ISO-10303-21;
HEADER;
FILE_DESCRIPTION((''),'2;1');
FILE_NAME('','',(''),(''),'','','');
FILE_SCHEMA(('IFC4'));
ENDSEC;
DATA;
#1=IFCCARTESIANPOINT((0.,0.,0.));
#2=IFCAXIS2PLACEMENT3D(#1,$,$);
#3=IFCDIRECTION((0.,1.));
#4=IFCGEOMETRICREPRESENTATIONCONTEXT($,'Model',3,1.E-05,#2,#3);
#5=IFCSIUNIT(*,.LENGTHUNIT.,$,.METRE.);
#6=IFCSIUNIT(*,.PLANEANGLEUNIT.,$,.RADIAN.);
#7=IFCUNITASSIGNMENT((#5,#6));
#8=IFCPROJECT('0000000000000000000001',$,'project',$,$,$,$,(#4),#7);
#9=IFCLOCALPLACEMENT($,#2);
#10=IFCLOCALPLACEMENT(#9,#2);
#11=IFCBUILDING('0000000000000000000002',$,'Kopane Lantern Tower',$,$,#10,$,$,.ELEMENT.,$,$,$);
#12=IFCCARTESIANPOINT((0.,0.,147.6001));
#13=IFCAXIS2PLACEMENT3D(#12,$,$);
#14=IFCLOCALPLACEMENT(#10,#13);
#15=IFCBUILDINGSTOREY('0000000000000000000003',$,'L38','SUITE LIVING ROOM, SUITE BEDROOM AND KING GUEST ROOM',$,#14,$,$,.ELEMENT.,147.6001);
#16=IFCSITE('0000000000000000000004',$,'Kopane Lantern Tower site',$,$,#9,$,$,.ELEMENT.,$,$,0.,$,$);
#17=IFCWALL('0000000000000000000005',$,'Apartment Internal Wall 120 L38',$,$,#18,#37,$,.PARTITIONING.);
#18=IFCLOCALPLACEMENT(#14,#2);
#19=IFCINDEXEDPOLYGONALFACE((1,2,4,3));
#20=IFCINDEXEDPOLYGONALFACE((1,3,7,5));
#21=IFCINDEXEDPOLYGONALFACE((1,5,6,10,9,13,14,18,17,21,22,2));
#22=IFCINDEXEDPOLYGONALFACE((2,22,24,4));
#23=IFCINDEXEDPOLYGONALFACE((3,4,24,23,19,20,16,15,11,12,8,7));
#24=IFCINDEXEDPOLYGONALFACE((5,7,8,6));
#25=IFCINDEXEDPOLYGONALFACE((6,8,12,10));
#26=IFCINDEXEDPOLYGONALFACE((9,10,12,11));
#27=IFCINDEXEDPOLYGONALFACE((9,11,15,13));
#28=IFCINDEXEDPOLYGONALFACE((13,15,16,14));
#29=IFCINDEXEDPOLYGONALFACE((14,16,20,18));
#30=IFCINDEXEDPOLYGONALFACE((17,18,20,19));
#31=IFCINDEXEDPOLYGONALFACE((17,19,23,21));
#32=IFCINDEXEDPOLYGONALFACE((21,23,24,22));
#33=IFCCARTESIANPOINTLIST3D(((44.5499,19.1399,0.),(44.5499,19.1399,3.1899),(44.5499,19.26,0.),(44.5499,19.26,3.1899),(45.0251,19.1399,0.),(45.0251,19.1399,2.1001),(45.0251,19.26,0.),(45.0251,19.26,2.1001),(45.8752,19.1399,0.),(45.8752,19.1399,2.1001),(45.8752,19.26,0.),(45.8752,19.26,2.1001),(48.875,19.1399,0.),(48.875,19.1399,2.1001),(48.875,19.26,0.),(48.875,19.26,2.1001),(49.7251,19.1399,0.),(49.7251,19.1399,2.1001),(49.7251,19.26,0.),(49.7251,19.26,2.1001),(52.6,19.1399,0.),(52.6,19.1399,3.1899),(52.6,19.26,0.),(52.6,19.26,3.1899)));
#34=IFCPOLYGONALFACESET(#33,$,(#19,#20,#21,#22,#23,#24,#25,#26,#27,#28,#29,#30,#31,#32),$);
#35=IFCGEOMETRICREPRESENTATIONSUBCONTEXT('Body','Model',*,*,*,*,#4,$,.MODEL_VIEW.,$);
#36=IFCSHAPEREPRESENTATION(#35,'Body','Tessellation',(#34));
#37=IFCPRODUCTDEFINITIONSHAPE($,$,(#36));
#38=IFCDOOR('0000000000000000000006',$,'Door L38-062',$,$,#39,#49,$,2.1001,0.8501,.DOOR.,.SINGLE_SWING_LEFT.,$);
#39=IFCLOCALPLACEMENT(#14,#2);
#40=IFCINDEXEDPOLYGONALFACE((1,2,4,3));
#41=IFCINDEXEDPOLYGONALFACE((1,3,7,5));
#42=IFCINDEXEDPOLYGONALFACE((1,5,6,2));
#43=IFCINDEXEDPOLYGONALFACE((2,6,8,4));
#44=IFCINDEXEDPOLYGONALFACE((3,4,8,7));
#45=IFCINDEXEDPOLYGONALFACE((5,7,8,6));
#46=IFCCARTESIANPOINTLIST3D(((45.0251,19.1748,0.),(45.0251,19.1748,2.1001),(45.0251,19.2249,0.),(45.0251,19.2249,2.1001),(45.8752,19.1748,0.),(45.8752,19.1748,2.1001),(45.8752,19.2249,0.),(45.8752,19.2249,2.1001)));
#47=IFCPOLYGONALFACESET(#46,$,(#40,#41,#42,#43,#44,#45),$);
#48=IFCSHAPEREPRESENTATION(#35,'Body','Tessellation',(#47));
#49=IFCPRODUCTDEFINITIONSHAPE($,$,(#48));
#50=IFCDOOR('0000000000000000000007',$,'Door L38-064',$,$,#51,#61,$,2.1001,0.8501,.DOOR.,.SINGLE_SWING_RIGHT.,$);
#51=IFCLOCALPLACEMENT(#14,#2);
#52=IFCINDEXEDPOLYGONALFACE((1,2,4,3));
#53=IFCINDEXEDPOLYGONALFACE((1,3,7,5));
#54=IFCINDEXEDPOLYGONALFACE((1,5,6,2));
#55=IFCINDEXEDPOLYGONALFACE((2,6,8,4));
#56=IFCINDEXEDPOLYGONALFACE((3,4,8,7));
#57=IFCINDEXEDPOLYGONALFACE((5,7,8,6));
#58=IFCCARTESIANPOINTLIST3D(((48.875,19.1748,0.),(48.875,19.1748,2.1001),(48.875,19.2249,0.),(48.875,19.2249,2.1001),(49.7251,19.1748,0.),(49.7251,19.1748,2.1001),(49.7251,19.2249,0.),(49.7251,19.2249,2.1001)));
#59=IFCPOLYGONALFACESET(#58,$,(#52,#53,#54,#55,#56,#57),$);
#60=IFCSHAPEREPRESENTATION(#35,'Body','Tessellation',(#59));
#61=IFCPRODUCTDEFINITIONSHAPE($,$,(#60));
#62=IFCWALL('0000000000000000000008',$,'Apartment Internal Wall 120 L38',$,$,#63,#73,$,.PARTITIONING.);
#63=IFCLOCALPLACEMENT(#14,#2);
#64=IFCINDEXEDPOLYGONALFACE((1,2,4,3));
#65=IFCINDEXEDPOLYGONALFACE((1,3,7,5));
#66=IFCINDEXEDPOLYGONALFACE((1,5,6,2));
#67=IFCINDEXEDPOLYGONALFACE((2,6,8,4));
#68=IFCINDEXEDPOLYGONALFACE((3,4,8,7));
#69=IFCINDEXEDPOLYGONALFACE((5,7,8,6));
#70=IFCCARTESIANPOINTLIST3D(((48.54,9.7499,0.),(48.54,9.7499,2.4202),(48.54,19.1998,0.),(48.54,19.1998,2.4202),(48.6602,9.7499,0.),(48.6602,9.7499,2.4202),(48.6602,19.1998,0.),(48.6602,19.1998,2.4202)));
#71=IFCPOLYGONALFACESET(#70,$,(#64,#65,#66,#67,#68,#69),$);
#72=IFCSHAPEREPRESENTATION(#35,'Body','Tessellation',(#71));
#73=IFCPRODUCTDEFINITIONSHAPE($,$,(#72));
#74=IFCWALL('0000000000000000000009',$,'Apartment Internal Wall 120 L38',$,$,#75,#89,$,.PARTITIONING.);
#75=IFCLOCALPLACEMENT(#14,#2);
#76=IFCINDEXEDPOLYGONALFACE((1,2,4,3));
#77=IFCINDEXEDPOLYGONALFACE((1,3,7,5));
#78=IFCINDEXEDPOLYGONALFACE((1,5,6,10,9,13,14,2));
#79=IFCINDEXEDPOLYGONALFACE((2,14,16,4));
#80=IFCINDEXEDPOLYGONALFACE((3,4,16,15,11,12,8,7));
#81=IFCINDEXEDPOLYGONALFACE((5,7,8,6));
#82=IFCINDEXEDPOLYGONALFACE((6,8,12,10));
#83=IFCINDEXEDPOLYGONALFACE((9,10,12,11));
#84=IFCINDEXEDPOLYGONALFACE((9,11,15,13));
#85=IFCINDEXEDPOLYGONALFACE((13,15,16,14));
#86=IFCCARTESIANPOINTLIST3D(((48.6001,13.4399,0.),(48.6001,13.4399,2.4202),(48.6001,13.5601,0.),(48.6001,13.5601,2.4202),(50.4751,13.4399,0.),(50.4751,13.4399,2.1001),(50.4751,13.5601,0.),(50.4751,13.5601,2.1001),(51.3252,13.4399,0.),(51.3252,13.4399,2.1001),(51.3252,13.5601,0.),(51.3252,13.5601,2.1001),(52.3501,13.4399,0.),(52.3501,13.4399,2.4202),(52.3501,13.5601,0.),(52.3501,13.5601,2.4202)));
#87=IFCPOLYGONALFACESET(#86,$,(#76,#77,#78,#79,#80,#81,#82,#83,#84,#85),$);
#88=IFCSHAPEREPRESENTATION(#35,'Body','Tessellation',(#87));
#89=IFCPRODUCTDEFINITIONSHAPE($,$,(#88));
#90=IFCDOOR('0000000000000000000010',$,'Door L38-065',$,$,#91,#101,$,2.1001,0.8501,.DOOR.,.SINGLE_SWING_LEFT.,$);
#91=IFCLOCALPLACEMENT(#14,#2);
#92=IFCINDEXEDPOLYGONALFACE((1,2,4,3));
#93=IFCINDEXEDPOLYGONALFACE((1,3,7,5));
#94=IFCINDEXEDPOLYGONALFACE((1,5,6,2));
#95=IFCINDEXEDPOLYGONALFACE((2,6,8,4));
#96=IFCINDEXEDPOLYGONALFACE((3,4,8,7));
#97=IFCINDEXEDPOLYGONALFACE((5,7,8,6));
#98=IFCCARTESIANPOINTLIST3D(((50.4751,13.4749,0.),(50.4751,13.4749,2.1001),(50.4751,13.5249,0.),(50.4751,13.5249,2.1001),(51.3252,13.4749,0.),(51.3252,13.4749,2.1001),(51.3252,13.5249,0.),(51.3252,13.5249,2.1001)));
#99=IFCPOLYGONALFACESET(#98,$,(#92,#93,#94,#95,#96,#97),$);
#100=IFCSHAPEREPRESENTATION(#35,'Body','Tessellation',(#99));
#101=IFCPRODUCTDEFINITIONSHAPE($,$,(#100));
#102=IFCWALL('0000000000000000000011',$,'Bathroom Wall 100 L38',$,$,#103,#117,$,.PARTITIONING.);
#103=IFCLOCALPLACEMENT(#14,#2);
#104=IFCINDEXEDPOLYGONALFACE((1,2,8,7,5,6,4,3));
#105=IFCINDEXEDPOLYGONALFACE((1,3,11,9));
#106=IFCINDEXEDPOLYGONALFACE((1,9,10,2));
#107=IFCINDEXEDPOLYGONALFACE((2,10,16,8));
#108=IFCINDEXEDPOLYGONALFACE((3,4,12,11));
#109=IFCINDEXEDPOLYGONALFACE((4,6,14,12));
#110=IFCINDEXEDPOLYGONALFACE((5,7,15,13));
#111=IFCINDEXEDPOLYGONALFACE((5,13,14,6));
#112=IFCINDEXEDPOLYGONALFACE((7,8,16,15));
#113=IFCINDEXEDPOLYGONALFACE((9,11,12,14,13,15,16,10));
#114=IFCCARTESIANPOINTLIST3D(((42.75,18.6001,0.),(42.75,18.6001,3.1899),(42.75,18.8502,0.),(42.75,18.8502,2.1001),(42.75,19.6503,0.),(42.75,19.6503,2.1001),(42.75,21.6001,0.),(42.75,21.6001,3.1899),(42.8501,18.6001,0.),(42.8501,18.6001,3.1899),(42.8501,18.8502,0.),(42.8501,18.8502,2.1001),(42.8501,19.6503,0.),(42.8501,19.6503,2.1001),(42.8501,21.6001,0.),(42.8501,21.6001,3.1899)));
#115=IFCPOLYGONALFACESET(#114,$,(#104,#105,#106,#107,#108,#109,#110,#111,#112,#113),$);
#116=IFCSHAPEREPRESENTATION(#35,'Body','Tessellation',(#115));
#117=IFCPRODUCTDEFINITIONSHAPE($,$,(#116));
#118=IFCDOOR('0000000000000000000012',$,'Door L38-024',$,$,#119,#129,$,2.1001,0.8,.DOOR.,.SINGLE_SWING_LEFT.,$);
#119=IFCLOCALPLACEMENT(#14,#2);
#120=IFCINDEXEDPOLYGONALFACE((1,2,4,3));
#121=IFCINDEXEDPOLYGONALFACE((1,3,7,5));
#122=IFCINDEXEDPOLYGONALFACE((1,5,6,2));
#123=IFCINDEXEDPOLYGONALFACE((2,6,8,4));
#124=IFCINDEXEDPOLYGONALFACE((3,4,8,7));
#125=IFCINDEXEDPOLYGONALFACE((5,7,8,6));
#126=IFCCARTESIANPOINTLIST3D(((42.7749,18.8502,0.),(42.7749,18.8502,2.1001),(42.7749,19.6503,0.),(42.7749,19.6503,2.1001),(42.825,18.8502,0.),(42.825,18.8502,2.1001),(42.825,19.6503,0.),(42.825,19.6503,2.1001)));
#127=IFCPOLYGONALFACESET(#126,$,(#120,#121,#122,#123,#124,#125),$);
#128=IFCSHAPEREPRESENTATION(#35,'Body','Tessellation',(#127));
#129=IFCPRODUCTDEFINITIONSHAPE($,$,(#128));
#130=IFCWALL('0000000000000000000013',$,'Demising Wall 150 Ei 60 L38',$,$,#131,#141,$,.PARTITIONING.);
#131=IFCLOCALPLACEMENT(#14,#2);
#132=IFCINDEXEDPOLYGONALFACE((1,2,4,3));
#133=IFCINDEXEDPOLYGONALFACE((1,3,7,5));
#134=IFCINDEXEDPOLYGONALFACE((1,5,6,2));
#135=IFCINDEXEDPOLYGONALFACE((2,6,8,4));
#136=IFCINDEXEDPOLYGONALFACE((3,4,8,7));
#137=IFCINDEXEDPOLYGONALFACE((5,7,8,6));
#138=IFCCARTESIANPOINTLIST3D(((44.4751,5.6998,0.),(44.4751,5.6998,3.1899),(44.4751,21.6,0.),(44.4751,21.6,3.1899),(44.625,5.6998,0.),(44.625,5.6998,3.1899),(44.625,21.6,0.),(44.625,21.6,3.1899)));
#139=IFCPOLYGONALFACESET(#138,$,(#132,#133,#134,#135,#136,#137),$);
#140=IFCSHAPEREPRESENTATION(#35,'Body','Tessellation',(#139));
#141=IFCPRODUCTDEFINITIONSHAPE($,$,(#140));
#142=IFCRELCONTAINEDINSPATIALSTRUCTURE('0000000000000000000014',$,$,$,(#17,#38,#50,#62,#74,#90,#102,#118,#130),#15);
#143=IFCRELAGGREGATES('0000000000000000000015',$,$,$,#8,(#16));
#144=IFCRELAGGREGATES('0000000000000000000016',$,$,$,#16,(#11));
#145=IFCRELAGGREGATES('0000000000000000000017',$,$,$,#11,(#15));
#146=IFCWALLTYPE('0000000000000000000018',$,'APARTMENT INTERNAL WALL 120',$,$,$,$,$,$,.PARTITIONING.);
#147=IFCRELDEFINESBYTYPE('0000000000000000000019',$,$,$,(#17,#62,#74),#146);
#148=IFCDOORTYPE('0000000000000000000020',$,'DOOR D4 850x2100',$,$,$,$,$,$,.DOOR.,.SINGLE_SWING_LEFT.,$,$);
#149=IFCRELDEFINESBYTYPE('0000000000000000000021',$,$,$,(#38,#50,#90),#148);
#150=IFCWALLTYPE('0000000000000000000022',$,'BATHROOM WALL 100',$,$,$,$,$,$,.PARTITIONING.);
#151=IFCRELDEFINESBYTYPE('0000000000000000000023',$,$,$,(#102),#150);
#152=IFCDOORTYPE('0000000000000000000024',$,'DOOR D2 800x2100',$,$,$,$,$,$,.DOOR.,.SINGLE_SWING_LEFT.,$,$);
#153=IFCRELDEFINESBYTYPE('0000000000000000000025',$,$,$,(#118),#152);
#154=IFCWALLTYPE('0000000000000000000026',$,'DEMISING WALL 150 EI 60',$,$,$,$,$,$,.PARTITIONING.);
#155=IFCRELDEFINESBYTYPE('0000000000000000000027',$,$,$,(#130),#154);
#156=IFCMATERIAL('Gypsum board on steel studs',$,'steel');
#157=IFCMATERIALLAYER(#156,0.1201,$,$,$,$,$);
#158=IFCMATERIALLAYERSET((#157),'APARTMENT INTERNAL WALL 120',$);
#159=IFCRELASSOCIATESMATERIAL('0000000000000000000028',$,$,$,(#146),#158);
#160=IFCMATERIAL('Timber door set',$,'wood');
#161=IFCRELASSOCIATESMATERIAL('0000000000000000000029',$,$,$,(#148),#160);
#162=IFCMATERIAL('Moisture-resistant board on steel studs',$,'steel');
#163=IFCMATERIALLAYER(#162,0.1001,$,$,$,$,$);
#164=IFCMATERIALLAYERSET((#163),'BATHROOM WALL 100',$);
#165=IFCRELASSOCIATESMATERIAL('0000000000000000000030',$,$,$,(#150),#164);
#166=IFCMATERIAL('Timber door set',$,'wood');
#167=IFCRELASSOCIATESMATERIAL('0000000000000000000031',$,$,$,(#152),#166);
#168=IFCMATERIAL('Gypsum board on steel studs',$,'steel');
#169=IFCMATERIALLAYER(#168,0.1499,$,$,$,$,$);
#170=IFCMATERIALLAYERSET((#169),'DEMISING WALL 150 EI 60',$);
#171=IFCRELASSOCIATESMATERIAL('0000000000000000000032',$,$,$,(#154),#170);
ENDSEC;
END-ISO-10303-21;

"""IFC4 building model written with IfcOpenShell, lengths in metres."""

from ifc_helpers import new_model, si_unit, direction, frame, frame_2d, origin, place, context, subcontext, project, spatial, rectangle, extrude, material, layer, layer_set, type_object, element, fill, save


model = new_model("IFC4")

# Units and contexts
model_context = context("Model", 3, precision=1e-05, world=origin(), true_north=direction((0.0, 1.0)))
body_context = subcontext(model_context, "Body", "Model", "MODEL_VIEW")
ifc_project = project(units=[si_unit("LENGTHUNIT", "METRE"), si_unit("PLANEANGLEUNIT", "RADIAN")], contexts=[model_context])

# Site, building, storey
site_placement = place(None, origin())
site = spatial("IfcSite", under=ifc_project, at=site_placement, Name="Kopane Lantern Tower site", CompositionType="ELEMENT", RefElevation=0.0)
building_placement = place(site_placement, origin())
building = spatial("IfcBuilding", under=site, at=building_placement, Name="Kopane Lantern Tower", CompositionType="ELEMENT")
storey_placement = place(building_placement, frame((0.0, 0.0, 147.6001)))
storey = spatial("IfcBuildingStorey", under=building, at=storey_placement, Name="L38", Description="SUITE LIVING ROOM, SUITE BEDROOM AND KING GUEST ROOM", CompositionType="ELEMENT", Elevation=147.6001)

# Wall, openings, doors
ifc_material_1 = material(Name="Gypsum board on steel studs", Category="steel")
ifc_layer_1 = layer(ifc_material_1, 0.1201)
ifc_layer_set_1 = layer_set([ifc_layer_1], Name="APARTMENT INTERNAL WALL 120")
wall_type_1 = type_object("IfcWallType", Name="APARTMENT INTERNAL WALL 120", PredefinedType="PARTITIONING", material=ifc_layer_set_1)
wall_1_placement = place(storey_placement, frame((44.55, 19.2, 0.0), z_axis=(0.0, 0.0, 1.0), x_axis=(1.0, 0.0, 0.0)))
wall_1 = element("IfcWall", 1, at=wall_1_placement, inside=storey, type_object=wall_type_1, Name="Apartment Internal Wall 120 L38", PredefinedType="PARTITIONING", context=body_context, shape_type="SweptSolid", body=[
    extrude(rectangle(XDim=8.05, YDim=0.1201, at=frame_2d((4.0249, 0.0))), origin(), (0.0, 0.0, 1.0), 3.1899),
])
opening_1_placement = place(wall_1_placement, frame((0.4751, 0.0, 0.0)))
opening_1 = element("IfcOpeningElement", 2, at=opening_1_placement, cuts=wall_1, PredefinedType="OPENING", context=body_context, shape_type="SweptSolid", body=[
    extrude(rectangle(XDim=0.8501, YDim=2.1001, at=frame_2d((0.425, 1.05))), frame((0.0, 0.0701, 0.0), z_axis=(0.0, -1.0, 0.0), x_axis=(1.0, 0.0, 0.0)), (0.0, 0.0, 1.0), 0.1401),
])
opening_2_placement = place(wall_1_placement, frame((4.325, 0.0, 0.0)))
opening_2 = element("IfcOpeningElement", 3, at=opening_2_placement, cuts=wall_1, PredefinedType="OPENING", context=body_context, shape_type="SweptSolid", body=[
    extrude(rectangle(XDim=0.8501, YDim=2.1001, at=frame_2d((0.425, 1.05))), frame((0.0, 0.0701, 0.0), z_axis=(0.0, -1.0, 0.0), x_axis=(1.0, 0.0, 0.0)), (0.0, 0.0, 1.0), 0.1401),
])
ifc_material_2 = material(Name="Timber door set", Category="wood")
door_type_1 = type_object("IfcDoorType", Name="DOOR D4 850x2100", OperationType="SINGLE_SWING_LEFT", PredefinedType="DOOR", material=ifc_material_2)
door_1_placement = place(opening_1_placement, origin())
door_1 = element("IfcDoor", 4, at=door_1_placement, inside=storey, type_object=door_type_1, Name="Door L38-062", OperationType="SINGLE_SWING_LEFT", OverallHeight=2.1001, OverallWidth=0.8501, PredefinedType="DOOR", context=body_context, shape_type="SweptSolid", body=[
    extrude(rectangle(XDim=0.8501, YDim=2.1001, at=frame_2d((0.425, 1.05))), frame((0.0, 0.0249, 0.0), z_axis=(0.0, -1.0, 0.0), x_axis=(1.0, 0.0, 0.0)), (0.0, 0.0, 1.0), 0.05),
])
fill(opening_1, door_1)
door_2_placement = place(opening_2_placement, origin())
door_2 = element("IfcDoor", 5, at=door_2_placement, inside=storey, type_object=door_type_1, Name="Door L38-064", OperationType="SINGLE_SWING_RIGHT", OverallHeight=2.1001, OverallWidth=0.8501, PredefinedType="DOOR", context=body_context, shape_type="SweptSolid", body=[
    extrude(rectangle(XDim=0.8501, YDim=2.1001, at=frame_2d((0.425, 1.05))), frame((0.0, 0.0249, 0.0), z_axis=(0.0, -1.0, 0.0), x_axis=(1.0, 0.0, 0.0)), (0.0, 0.0, 1.0), 0.05),
])
fill(opening_2, door_2)

# Wall
wall_2_placement = place(storey_placement, frame((48.6001, 19.2, 0.0), z_axis=(0.0, 0.0, 1.0), x_axis=(0.0, -1.0, 0.0)))
element("IfcWall", 6, at=wall_2_placement, inside=storey, type_object=wall_type_1, Name="Apartment Internal Wall 120 L38", PredefinedType="PARTITIONING", context=body_context, shape_type="SweptSolid", body=[
    extrude(rectangle(XDim=9.45, YDim=0.1201, at=frame_2d((4.7251, 0.0))), origin(), (0.0, 0.0, 1.0), 2.4202),
])

# Walls, openings, doors
wall_3_placement = place(storey_placement, frame((48.6001, 13.5, 0.0), z_axis=(0.0, 0.0, 1.0), x_axis=(1.0, 0.0, 0.0)))
wall_3 = element("IfcWall", 7, at=wall_3_placement, inside=storey, type_object=wall_type_1, Name="Apartment Internal Wall 120 L38", PredefinedType="PARTITIONING", context=body_context, shape_type="SweptSolid", body=[
    extrude(rectangle(XDim=3.75, YDim=0.1201, at=frame_2d((1.875, 0.0))), origin(), (0.0, 0.0, 1.0), 2.4202),
])
opening_3_placement = place(wall_3_placement, frame((1.875, 0.0, 0.0)))
opening_3 = element("IfcOpeningElement", 8, at=opening_3_placement, cuts=wall_3, PredefinedType="OPENING", context=body_context, shape_type="SweptSolid", body=[
    extrude(rectangle(XDim=0.8501, YDim=2.1001, at=frame_2d((0.425, 1.05))), frame((0.0, 0.0701, 0.0), z_axis=(0.0, -1.0, 0.0), x_axis=(1.0, 0.0, 0.0)), (0.0, 0.0, 1.0), 0.1401),
])
door_3_placement = place(opening_3_placement, origin())
door_3 = element("IfcDoor", 9, at=door_3_placement, inside=storey, type_object=door_type_1, Name="Door L38-065", OperationType="SINGLE_SWING_LEFT", OverallHeight=2.1001, OverallWidth=0.8501, PredefinedType="DOOR", context=body_context, shape_type="SweptSolid", body=[
    extrude(rectangle(XDim=0.8501, YDim=2.1001, at=frame_2d((0.425, 1.05))), frame((0.0, 0.0249, 0.0), z_axis=(0.0, -1.0, 0.0), x_axis=(1.0, 0.0, 0.0)), (0.0, 0.0, 1.0), 0.05),
])
fill(opening_3, door_3)
ifc_material_3 = material(Name="Moisture-resistant board on steel studs", Category="steel")
ifc_layer_2 = layer(ifc_material_3, 0.1001)
ifc_layer_set_2 = layer_set([ifc_layer_2], Name="BATHROOM WALL 100")
wall_type_2 = type_object("IfcWallType", Name="BATHROOM WALL 100", PredefinedType="PARTITIONING", material=ifc_layer_set_2)
wall_4_placement = place(storey_placement, frame((42.8, 21.6001, 0.0), z_axis=(0.0, 0.0, 1.0), x_axis=(0.0, -1.0, 0.0)))
wall_4 = element("IfcWall", 10, at=wall_4_placement, inside=storey, type_object=wall_type_2, Name="Bathroom Wall 100 L38", PredefinedType="PARTITIONING", context=body_context, shape_type="SweptSolid", body=[
    extrude(rectangle(XDim=3.0, YDim=0.1001, at=frame_2d((1.5, 0.0))), origin(), (0.0, 0.0, 1.0), 3.1899),
])
opening_4_placement = place(wall_4_placement, frame((1.95, 0.0, 0.0)))
opening_4 = element("IfcOpeningElement", 11, at=opening_4_placement, cuts=wall_4, PredefinedType="OPENING", context=body_context, shape_type="SweptSolid", body=[
    extrude(rectangle(XDim=0.8, YDim=2.1001, at=frame_2d((0.3999, 1.05))), frame((0.0, 0.0601, 0.0), z_axis=(0.0, -1.0, 0.0), x_axis=(1.0, 0.0, 0.0)), (0.0, 0.0, 1.0), 0.1201),
])
ifc_material_4 = material(Name="Timber door set", Category="wood")
door_type_2 = type_object("IfcDoorType", Name="DOOR D2 800x2100", OperationType="SINGLE_SWING_LEFT", PredefinedType="DOOR", material=ifc_material_4)
door_4_placement = place(opening_4_placement, origin())
door_4 = element("IfcDoor", 12, at=door_4_placement, inside=storey, type_object=door_type_2, Name="Door L38-024", OperationType="SINGLE_SWING_LEFT", OverallHeight=2.1001, OverallWidth=0.8, PredefinedType="DOOR", context=body_context, shape_type="SweptSolid", body=[
    extrude(rectangle(XDim=0.8, YDim=2.1001, at=frame_2d((0.3999, 1.05))), frame((0.0, 0.0249, 0.0), z_axis=(0.0, -1.0, 0.0), x_axis=(1.0, 0.0, 0.0)), (0.0, 0.0, 1.0), 0.05),
])
fill(opening_4, door_4)

# Wall
ifc_material_5 = material(Name="Gypsum board on steel studs", Category="steel")
ifc_layer_3 = layer(ifc_material_5, 0.1499)
ifc_layer_set_3 = layer_set([ifc_layer_3], Name="DEMISING WALL 150 EI 60")
wall_type_3 = type_object("IfcWallType", Name="DEMISING WALL 150 EI 60", PredefinedType="PARTITIONING", material=ifc_layer_set_3)
wall_5_placement = place(storey_placement, frame((44.55, 21.6001, 0.0), z_axis=(0.0, 0.0, 1.0), x_axis=(0.0, -1.0, 0.0)))
element("IfcWall", 13, at=wall_5_placement, inside=storey, type_object=wall_type_3, Name="Demising Wall 150 Ei 60 L38", PredefinedType="PARTITIONING", context=body_context, shape_type="SweptSolid", body=[
    extrude(rectangle(XDim=15.9001, YDim=0.1499, at=frame_2d((7.9502, 0.0))), origin(), (0.0, 0.0, 1.0), 3.1899),
])

save(model, "model.ifc")
